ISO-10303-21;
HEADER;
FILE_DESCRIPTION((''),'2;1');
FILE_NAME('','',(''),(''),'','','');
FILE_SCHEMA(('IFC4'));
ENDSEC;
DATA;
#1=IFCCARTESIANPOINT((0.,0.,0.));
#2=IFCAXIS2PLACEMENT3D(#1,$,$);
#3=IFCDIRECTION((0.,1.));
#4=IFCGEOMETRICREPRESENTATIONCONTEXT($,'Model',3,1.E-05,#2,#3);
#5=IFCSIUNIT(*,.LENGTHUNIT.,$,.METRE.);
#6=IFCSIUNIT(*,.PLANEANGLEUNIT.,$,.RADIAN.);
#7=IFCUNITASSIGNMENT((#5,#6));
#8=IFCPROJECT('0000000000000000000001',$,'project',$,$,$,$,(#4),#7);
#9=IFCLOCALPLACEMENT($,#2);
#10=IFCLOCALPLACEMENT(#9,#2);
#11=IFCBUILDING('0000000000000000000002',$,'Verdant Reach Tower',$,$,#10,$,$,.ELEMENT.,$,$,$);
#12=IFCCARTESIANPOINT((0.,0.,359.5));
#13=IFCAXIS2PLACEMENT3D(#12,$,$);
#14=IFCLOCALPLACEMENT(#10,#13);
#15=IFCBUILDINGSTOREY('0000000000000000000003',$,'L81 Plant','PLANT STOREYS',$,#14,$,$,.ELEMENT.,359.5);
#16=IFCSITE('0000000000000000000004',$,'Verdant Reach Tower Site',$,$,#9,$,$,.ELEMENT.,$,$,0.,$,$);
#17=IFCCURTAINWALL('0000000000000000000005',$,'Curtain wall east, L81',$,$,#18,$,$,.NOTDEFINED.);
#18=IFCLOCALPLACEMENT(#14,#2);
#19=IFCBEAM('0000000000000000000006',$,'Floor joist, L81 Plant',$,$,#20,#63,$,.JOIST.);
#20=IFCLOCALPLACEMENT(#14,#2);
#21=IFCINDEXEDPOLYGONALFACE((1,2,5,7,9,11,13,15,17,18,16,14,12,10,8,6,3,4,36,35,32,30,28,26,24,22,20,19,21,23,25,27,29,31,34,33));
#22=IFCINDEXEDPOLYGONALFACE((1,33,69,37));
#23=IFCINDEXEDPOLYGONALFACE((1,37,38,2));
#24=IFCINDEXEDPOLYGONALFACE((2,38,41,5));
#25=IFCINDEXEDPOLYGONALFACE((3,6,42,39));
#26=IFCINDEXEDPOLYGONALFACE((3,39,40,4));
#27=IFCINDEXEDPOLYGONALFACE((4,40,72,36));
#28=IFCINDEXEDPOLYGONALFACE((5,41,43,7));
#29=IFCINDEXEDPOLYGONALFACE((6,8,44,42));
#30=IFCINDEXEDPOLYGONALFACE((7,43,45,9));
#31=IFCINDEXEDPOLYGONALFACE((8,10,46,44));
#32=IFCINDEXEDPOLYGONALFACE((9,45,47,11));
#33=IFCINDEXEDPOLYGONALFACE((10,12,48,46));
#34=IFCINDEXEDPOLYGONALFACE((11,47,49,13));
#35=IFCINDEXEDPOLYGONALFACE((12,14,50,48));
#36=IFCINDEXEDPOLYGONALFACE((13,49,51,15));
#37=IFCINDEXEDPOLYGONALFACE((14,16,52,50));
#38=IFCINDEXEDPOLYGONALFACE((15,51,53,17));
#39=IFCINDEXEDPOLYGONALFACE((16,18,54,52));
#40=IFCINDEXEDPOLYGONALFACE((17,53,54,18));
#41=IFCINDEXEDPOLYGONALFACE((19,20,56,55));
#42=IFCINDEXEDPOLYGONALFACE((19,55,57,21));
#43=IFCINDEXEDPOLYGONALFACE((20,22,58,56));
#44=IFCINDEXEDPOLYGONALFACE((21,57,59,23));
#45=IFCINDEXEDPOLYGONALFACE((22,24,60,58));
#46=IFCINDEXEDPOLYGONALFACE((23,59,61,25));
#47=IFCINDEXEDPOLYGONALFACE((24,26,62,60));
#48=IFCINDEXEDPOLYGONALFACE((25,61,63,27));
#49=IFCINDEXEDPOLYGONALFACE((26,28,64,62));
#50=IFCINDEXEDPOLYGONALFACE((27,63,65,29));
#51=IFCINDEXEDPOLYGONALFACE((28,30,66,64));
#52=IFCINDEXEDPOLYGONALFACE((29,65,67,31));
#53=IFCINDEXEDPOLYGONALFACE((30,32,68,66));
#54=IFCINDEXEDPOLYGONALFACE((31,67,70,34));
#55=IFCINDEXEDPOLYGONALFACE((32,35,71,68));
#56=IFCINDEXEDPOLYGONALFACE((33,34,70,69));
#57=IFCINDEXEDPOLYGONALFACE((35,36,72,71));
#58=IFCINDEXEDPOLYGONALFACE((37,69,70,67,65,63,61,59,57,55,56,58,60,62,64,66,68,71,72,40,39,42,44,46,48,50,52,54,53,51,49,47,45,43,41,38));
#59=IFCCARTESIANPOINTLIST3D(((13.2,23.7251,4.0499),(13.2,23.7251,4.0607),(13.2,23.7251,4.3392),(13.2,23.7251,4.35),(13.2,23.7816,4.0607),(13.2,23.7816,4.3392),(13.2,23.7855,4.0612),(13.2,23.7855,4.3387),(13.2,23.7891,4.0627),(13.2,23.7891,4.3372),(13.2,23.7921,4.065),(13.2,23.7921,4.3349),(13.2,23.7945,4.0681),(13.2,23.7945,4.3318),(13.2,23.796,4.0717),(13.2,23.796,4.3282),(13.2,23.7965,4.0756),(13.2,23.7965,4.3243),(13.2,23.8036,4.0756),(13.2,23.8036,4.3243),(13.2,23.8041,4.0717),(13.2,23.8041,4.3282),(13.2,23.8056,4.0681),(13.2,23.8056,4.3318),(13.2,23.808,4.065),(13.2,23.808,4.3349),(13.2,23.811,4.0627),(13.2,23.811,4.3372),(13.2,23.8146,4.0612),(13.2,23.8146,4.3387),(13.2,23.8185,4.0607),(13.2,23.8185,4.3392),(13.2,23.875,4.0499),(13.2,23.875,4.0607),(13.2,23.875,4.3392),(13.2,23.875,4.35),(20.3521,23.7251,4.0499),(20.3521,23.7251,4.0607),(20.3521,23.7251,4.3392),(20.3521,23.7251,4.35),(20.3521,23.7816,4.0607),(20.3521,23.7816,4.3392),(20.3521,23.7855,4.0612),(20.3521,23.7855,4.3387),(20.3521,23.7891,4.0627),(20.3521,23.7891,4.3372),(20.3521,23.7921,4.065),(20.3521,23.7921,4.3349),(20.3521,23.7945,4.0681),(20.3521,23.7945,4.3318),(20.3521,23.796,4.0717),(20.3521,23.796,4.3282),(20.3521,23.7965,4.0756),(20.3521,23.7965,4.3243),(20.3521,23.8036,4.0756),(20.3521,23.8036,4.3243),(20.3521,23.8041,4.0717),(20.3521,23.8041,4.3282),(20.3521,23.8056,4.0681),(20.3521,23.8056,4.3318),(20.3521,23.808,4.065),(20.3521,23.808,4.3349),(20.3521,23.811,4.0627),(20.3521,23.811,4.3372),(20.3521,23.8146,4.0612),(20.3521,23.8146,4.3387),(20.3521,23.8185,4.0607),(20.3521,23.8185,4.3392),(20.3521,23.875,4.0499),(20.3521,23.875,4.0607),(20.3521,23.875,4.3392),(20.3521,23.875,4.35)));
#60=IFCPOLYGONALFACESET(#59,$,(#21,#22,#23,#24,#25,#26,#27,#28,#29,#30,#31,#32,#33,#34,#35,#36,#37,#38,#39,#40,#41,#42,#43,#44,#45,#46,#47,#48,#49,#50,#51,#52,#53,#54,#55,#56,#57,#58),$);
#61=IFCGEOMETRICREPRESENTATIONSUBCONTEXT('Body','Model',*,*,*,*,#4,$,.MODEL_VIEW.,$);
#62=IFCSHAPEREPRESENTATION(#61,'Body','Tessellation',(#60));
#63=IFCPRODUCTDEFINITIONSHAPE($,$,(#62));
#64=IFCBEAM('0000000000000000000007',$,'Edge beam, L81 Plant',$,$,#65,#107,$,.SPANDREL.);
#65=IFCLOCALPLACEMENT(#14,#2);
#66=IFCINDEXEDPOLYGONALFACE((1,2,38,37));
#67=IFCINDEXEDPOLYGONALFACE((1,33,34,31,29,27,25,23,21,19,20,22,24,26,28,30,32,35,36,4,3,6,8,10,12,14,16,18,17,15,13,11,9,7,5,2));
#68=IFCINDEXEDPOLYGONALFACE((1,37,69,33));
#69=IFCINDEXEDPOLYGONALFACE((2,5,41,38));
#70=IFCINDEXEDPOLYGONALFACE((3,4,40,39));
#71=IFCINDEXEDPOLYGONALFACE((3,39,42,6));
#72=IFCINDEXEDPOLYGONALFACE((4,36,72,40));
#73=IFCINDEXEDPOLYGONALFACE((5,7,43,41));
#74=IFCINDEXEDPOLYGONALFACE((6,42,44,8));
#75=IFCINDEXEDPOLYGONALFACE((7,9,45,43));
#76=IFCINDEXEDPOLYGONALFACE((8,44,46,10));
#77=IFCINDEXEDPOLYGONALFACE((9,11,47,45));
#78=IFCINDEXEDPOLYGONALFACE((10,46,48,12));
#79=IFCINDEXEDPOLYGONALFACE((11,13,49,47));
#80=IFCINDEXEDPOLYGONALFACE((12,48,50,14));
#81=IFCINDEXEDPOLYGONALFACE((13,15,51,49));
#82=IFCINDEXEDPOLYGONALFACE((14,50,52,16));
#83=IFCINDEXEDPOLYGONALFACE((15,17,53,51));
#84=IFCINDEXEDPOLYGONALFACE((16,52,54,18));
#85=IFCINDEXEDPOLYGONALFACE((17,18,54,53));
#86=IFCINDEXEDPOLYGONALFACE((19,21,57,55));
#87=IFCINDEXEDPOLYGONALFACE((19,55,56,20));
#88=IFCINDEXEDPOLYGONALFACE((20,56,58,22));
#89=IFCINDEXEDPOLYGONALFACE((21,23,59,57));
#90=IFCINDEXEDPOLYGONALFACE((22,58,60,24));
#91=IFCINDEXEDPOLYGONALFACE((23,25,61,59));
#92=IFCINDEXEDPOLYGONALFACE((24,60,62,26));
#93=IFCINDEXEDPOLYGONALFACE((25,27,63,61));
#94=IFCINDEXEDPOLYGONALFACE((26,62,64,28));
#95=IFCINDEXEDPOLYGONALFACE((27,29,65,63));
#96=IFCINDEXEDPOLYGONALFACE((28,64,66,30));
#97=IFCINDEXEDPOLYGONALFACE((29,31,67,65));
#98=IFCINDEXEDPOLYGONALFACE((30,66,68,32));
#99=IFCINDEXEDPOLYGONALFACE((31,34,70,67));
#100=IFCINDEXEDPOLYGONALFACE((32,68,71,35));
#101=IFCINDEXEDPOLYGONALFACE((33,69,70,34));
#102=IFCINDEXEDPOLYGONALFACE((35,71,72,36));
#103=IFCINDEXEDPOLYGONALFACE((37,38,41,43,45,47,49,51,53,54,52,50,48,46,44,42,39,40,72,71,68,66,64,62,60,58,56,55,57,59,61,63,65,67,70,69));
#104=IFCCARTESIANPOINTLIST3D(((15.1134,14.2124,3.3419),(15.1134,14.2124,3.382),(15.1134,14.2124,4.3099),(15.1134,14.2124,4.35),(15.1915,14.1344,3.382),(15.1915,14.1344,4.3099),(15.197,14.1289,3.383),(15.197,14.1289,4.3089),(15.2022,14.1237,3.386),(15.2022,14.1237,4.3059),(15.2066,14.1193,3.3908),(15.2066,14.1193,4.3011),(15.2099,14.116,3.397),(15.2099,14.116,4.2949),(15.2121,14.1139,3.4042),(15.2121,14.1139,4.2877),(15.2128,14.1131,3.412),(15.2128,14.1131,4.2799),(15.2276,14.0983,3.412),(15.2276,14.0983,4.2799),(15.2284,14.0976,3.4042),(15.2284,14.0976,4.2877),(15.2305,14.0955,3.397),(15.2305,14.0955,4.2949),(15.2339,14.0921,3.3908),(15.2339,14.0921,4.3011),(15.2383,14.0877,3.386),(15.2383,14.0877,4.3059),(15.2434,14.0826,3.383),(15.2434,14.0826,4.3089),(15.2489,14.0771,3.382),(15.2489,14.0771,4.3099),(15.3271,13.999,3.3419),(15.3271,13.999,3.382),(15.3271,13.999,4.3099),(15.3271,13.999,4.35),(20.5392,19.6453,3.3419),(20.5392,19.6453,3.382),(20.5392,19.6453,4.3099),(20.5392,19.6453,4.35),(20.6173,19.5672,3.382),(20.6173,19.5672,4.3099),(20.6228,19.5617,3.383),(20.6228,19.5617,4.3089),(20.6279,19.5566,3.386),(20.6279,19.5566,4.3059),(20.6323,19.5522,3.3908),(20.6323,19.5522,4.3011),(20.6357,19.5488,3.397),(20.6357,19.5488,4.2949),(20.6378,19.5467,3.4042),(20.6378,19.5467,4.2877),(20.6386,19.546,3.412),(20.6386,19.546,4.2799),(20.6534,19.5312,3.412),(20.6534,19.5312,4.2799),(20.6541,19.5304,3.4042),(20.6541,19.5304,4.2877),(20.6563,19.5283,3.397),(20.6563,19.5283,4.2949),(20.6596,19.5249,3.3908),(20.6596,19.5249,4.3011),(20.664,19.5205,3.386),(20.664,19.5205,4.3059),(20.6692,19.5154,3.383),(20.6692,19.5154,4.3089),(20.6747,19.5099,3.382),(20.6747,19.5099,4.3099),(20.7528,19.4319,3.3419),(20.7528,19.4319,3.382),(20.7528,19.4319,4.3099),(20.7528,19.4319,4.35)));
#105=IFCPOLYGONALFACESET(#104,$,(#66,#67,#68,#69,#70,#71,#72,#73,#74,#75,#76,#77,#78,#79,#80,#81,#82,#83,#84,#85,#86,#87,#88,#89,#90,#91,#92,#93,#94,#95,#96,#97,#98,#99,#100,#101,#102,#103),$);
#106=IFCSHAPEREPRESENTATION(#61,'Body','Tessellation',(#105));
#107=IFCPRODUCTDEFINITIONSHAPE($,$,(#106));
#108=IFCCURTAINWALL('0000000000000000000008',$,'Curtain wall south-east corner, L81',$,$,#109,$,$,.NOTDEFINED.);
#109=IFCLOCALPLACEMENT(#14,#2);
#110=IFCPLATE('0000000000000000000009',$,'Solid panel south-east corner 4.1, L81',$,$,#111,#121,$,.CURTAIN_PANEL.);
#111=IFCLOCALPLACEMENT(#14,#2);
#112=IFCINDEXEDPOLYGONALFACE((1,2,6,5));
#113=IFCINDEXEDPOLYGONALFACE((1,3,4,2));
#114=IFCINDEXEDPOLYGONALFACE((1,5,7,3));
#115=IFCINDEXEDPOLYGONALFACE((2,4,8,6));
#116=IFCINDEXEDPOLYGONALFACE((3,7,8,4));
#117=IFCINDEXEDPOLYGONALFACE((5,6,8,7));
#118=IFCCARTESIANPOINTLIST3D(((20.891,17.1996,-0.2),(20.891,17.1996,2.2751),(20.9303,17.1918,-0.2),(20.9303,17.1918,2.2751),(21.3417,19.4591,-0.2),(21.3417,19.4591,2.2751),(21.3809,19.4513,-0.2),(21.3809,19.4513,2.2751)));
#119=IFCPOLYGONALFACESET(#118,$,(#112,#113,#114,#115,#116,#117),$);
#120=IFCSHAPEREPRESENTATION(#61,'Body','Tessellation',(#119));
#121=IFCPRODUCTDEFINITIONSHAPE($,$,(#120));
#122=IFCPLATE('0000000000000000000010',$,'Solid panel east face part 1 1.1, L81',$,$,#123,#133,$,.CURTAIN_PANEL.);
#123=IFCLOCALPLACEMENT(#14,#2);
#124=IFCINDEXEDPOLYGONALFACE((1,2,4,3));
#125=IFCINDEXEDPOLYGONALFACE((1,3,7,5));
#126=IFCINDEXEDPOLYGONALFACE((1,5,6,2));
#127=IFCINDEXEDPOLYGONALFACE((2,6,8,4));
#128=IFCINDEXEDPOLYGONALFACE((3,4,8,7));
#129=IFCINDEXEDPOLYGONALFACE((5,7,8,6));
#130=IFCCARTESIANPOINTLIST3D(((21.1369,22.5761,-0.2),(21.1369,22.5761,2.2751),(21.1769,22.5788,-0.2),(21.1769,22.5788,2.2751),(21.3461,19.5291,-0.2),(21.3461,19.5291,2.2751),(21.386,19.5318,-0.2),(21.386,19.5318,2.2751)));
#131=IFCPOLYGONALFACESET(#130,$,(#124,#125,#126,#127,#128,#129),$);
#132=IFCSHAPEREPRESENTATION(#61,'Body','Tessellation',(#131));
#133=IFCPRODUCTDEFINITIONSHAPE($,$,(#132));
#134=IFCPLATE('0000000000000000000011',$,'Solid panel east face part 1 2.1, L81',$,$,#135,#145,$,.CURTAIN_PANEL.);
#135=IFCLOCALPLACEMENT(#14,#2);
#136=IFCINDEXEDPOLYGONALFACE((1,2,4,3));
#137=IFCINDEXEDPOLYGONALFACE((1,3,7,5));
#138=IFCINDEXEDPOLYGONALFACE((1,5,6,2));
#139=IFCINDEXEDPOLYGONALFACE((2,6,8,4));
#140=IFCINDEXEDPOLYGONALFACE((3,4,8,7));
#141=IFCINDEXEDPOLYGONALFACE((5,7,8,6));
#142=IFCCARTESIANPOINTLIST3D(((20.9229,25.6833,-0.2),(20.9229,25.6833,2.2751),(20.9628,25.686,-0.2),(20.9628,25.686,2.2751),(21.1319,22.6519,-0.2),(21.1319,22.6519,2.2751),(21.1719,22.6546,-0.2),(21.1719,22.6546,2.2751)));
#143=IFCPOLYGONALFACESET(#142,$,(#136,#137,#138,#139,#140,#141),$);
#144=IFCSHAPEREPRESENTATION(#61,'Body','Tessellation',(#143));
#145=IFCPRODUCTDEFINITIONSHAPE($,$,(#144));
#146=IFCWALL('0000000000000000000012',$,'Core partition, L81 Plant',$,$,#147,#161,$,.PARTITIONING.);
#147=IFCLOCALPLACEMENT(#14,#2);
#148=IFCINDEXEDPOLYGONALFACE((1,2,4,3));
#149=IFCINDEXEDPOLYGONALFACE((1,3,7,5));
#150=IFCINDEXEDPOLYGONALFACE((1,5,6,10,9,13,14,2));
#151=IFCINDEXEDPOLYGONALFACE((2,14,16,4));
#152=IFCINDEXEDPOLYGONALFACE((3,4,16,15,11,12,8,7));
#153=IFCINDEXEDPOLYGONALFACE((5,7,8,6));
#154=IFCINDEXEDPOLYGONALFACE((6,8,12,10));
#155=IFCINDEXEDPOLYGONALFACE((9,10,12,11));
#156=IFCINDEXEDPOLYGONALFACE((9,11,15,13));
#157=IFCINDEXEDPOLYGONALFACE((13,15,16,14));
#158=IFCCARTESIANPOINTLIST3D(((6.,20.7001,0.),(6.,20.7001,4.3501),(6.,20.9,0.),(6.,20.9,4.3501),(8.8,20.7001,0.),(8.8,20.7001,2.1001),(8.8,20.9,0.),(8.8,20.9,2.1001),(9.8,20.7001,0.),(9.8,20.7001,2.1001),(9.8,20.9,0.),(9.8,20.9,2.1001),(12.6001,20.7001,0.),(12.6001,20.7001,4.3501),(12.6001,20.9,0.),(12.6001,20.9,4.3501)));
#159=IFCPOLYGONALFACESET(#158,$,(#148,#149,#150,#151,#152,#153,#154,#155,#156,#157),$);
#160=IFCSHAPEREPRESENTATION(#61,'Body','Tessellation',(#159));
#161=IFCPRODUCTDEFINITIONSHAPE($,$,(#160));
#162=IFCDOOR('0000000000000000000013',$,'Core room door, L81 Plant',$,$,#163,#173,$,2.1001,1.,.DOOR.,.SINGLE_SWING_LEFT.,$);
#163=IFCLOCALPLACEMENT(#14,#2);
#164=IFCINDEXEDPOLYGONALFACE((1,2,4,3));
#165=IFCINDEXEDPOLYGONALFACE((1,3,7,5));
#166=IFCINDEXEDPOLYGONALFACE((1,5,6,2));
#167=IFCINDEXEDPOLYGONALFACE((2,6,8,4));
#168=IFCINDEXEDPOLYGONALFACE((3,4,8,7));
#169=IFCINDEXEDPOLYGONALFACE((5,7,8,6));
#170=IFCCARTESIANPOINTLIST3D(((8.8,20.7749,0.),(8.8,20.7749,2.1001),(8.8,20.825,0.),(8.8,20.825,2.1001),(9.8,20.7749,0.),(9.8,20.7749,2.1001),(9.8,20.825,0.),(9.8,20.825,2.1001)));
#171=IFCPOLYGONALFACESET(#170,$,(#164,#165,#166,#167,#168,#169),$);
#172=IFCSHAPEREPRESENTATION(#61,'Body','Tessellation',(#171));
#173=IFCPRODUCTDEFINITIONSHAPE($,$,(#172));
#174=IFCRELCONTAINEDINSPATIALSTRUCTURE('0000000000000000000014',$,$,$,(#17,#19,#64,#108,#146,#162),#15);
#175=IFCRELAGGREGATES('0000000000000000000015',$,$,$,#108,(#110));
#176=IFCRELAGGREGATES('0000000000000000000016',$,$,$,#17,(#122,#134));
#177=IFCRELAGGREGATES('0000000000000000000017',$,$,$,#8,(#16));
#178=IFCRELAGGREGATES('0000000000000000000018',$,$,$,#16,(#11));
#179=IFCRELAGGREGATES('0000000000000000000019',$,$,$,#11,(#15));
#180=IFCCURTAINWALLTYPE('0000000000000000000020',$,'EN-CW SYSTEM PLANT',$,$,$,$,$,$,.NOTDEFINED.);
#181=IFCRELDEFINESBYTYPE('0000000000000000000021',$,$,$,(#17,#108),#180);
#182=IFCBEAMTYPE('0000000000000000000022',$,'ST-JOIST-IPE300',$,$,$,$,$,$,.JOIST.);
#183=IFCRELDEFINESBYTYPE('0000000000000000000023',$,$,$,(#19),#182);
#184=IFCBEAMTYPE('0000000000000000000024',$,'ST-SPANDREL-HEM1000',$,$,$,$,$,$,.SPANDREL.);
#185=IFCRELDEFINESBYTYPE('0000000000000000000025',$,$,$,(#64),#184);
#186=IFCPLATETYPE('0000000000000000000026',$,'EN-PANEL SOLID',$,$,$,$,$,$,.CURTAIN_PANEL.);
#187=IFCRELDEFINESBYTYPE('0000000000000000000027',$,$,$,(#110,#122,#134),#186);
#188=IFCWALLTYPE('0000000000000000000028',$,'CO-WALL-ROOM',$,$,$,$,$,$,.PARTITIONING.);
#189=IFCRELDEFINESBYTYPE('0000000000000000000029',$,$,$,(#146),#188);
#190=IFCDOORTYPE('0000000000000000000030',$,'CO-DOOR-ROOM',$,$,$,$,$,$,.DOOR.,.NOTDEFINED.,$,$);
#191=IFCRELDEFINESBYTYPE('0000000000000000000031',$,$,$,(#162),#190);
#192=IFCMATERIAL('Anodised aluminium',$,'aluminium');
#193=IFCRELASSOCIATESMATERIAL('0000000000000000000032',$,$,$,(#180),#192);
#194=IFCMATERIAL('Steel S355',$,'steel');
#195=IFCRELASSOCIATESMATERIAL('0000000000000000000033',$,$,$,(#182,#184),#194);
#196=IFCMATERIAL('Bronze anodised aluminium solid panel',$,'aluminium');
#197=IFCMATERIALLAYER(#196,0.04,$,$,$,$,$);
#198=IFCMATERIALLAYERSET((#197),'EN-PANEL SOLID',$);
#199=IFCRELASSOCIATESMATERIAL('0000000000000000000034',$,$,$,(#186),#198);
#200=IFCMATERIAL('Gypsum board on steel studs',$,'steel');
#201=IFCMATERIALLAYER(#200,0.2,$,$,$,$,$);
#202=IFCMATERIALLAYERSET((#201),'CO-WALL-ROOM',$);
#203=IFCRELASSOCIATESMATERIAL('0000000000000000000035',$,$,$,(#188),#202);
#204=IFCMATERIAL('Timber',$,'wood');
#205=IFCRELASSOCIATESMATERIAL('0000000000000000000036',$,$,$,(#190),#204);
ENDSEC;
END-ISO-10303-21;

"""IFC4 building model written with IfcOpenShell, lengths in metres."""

from ifc_helpers import new_model, si_unit, direction, frame, frame_2d, origin, origin_2d, place, context, subcontext, project, spatial, rectangle, i_section, extrude, material, layer, layer_set, material_profile, profile_set, type_object, element, fill, aggregate, save


model = new_model("IFC4")

# Units and contexts
model_context = context("Model", 3, precision=1e-05, world=origin(), true_north=direction((0.0, 1.0)))
body_context = subcontext(model_context, "Body", "Model", "MODEL_VIEW")
ifc_project = project(units=[si_unit("LENGTHUNIT", "METRE"), si_unit("PLANEANGLEUNIT", "RADIAN")], contexts=[model_context])

# Site, building, storey
site_placement = place(None, origin())
site = spatial("IfcSite", under=ifc_project, at=site_placement, Name="Verdant Reach Tower Site", CompositionType="ELEMENT", RefElevation=0.0)
building_placement = place(site_placement, origin())
building = spatial("IfcBuilding", under=site, at=building_placement, Name="Verdant Reach Tower", CompositionType="ELEMENT")
storey_placement = place(building_placement, frame((0.0, 0.0, 359.5)))
storey = spatial("IfcBuildingStorey", under=building, at=storey_placement, Name="L81 Plant", Description="PLANT STOREYS", CompositionType="ELEMENT", Elevation=359.5)

# Curtain wall
ifc_material_1 = material(Name="Anodised aluminium", Category="aluminium")
curtain_wall_type = type_object("IfcCurtainWallType", Name="EN-CW SYSTEM PLANT", PredefinedType="NOTDEFINED", material=ifc_material_1)
curtain_wall_1_placement = place(storey_placement, origin())
curtain_wall_1 = element("IfcCurtainWall", 1, at=curtain_wall_1_placement, inside=storey, type_object=curtain_wall_type, Name="Curtain wall east, L81", PredefinedType="NOTDEFINED")

# Beams
ifc_material_2 = material(Name="Steel S355", Category="steel")
ifc_material_profile_1 = material_profile(ifc_material_2, i_section(OverallWidth=0.1499, OverallDepth=0.3, WebThickness=0.0071, FlangeThickness=0.0107, FilletRadius=0.0149, at=origin_2d()), Name="IPE 300")
ifc_profile_set_1 = profile_set([ifc_material_profile_1], Name="Steel S355")
beam_type_1 = type_object("IfcBeamType", Name="ST-JOIST-IPE300", PredefinedType="JOIST", material=ifc_profile_set_1)
beam_1_placement = place(storey_placement, frame((13.2, 23.8, 4.2), z_axis=(1.0, 0.0, 0.0), x_axis=(0.0, 1.0, 0.0)))
element("IfcBeam", 2, at=beam_1_placement, inside=storey, type_object=beam_type_1, Name="Floor joist, L81 Plant", PredefinedType="JOIST", context=body_context, shape_type="SweptSolid", body=[
    extrude(i_section(OverallWidth=0.1499, OverallDepth=0.3, WebThickness=0.0071, FlangeThickness=0.0107, FilletRadius=0.0149, at=origin_2d()), origin(), (0.0, 0.0, 1.0), 7.1521),
])
ifc_material_profile_2 = material_profile(ifc_material_2, i_section(OverallWidth=0.302, OverallDepth=1.0081, WebThickness=0.021, FlangeThickness=0.04, FilletRadius=0.03, at=origin_2d()), Name="HEM 1000")
ifc_profile_set_2 = profile_set([ifc_material_profile_2], Name="Steel S355")
beam_type_2 = type_object("IfcBeamType", Name="ST-SPANDREL-HEM1000", PredefinedType="SPANDREL", material=ifc_profile_set_2)
beam_2_placement = place(storey_placement, frame((20.646, 19.5386, 3.8459), z_axis=(-0.706646, -0.707568, 0.0), x_axis=(0.707568, -0.706646, 0.0)))
element("IfcBeam", 3, at=beam_2_placement, inside=storey, type_object=beam_type_2, Name="Edge beam, L81 Plant", PredefinedType="SPANDREL", context=body_context, shape_type="SweptSolid", body=[
    extrude(i_section(OverallWidth=0.302, OverallDepth=1.0081, WebThickness=0.021, FlangeThickness=0.04, FilletRadius=0.03, at=origin_2d()), origin(), (0.0, 0.0, 1.0), 7.6782),
])

# Curtain wall, plate
curtain_wall_2_placement = place(storey_placement, origin())
curtain_wall_2 = element("IfcCurtainWall", 4, at=curtain_wall_2_placement, inside=storey, type_object=curtain_wall_type, Name="Curtain wall south-east corner, L81", PredefinedType="NOTDEFINED")
ifc_material_3 = material(Name="Bronze anodised aluminium solid panel", Category="aluminium")
ifc_layer_1 = layer(ifc_material_3, 0.04)
ifc_layer_set_1 = layer_set([ifc_layer_1], Name="EN-PANEL SOLID")
plate_type = type_object("IfcPlateType", Name="EN-PANEL SOLID", PredefinedType="CURTAIN_PANEL", material=ifc_layer_set_1)
plate_1_placement = place(storey_placement, frame((21.136, 18.3254, -0.2), z_axis=(0.0, 0.0, 1.0), x_axis=(0.195593, 0.980685, 0.0)))
plate_1 = element("IfcPlate", 5, at=plate_1_placement, type_object=plate_type, Name="Solid panel south-east corner 4.1, L81", PredefinedType="CURTAIN_PANEL", context=body_context, shape_type="SweptSolid", body=[
    extrude(rectangle(XDim=2.304, YDim=0.04, at=origin_2d()), origin(), (0.0, 0.0, 1.0), 2.4751),
])

# Plates
plate_2_placement = place(storey_placement, frame((21.2615, 21.054, -0.2), z_axis=(0.0, 0.0, 1.0), x_axis=(-0.068469, 0.997653, 0.0)))
plate_2 = element("IfcPlate", 6, at=plate_2_placement, type_object=plate_type, Name="Solid panel east face part 1 1.1, L81", PredefinedType="CURTAIN_PANEL", context=body_context, shape_type="SweptSolid", body=[
    extrude(rectangle(XDim=3.0542, YDim=0.04, at=origin_2d()), origin(), (0.0, 0.0, 1.0), 2.4751),
])
plate_3_placement = place(storey_placement, frame((21.0474, 24.1689, -0.2), z_axis=(0.0, 0.0, 1.0), x_axis=(-0.068802, 0.99763, 0.0)))
plate_3 = element("IfcPlate", 7, at=plate_3_placement, type_object=plate_type, Name="Solid panel east face part 1 2.1, L81", PredefinedType="CURTAIN_PANEL", context=body_context, shape_type="SweptSolid", body=[
    extrude(rectangle(XDim=3.0386, YDim=0.04, at=origin_2d()), origin(), (0.0, 0.0, 1.0), 2.4751),
])

# Wall, opening, door
ifc_material_4 = material(Name="Gypsum board on steel studs", Category="steel")
ifc_layer_2 = layer(ifc_material_4, 0.2)
ifc_layer_set_2 = layer_set([ifc_layer_2], Name="CO-WALL-ROOM")
wall_type_1 = type_object("IfcWallType", Name="CO-WALL-ROOM", PredefinedType="PARTITIONING", material=ifc_layer_set_2)
wall_1_placement = place(storey_placement, frame((6.0, 20.8, 0.0), z_axis=(0.0, 0.0, 1.0), x_axis=(1.0, 0.0, 0.0)))
wall_1 = element("IfcWall", 8, at=wall_1_placement, inside=storey, type_object=wall_type_1, Name="Core partition, L81 Plant", PredefinedType="PARTITIONING", context=body_context, shape_type="SweptSolid", body=[
    extrude(rectangle(XDim=6.6001, YDim=0.2, at=frame_2d((3.3, 0.0))), origin(), (0.0, 0.0, 1.0), 4.3501),
])
opening_1_placement = place(wall_1_placement, frame((2.8, 0.0, 0.0)))
opening_1 = element("IfcOpeningElement", 9, at=opening_1_placement, cuts=wall_1, PredefinedType="OPENING", context=body_context, shape_type="SweptSolid", body=[
    extrude(rectangle(XDim=1.0, YDim=2.1001, at=frame_2d((0.5, 1.05))), frame((0.0, 0.1099, 0.0), z_axis=(0.0, -1.0, 0.0), x_axis=(1.0, 0.0, 0.0)), (0.0, 0.0, 1.0), 0.22),
])
ifc_material_5 = material(Name="Timber", Category="wood")
door_type_1 = type_object("IfcDoorType", Name="CO-DOOR-ROOM", OperationType="NOTDEFINED", PredefinedType="DOOR", material=ifc_material_5)
door_1_placement = place(opening_1_placement, origin())
door_1 = element("IfcDoor", 10, at=door_1_placement, inside=storey, type_object=door_type_1, Name="Core room door, L81 Plant", OperationType="SINGLE_SWING_LEFT", OverallHeight=2.1001, OverallWidth=1.0, PredefinedType="DOOR", context=body_context, shape_type="SweptSolid", body=[
    extrude(rectangle(XDim=1.0, YDim=2.1001, at=frame_2d((0.5, 1.05))), frame((0.0, 0.0249, 0.0), z_axis=(0.0, -1.0, 0.0), x_axis=(1.0, 0.0, 0.0)), (0.0, 0.0, 1.0), 0.05),
])
fill(opening_1, door_1)

aggregate(curtain_wall_2, [plate_1])
aggregate(curtain_wall_1, [plate_2, plate_3])

save(model, "model.ifc")
